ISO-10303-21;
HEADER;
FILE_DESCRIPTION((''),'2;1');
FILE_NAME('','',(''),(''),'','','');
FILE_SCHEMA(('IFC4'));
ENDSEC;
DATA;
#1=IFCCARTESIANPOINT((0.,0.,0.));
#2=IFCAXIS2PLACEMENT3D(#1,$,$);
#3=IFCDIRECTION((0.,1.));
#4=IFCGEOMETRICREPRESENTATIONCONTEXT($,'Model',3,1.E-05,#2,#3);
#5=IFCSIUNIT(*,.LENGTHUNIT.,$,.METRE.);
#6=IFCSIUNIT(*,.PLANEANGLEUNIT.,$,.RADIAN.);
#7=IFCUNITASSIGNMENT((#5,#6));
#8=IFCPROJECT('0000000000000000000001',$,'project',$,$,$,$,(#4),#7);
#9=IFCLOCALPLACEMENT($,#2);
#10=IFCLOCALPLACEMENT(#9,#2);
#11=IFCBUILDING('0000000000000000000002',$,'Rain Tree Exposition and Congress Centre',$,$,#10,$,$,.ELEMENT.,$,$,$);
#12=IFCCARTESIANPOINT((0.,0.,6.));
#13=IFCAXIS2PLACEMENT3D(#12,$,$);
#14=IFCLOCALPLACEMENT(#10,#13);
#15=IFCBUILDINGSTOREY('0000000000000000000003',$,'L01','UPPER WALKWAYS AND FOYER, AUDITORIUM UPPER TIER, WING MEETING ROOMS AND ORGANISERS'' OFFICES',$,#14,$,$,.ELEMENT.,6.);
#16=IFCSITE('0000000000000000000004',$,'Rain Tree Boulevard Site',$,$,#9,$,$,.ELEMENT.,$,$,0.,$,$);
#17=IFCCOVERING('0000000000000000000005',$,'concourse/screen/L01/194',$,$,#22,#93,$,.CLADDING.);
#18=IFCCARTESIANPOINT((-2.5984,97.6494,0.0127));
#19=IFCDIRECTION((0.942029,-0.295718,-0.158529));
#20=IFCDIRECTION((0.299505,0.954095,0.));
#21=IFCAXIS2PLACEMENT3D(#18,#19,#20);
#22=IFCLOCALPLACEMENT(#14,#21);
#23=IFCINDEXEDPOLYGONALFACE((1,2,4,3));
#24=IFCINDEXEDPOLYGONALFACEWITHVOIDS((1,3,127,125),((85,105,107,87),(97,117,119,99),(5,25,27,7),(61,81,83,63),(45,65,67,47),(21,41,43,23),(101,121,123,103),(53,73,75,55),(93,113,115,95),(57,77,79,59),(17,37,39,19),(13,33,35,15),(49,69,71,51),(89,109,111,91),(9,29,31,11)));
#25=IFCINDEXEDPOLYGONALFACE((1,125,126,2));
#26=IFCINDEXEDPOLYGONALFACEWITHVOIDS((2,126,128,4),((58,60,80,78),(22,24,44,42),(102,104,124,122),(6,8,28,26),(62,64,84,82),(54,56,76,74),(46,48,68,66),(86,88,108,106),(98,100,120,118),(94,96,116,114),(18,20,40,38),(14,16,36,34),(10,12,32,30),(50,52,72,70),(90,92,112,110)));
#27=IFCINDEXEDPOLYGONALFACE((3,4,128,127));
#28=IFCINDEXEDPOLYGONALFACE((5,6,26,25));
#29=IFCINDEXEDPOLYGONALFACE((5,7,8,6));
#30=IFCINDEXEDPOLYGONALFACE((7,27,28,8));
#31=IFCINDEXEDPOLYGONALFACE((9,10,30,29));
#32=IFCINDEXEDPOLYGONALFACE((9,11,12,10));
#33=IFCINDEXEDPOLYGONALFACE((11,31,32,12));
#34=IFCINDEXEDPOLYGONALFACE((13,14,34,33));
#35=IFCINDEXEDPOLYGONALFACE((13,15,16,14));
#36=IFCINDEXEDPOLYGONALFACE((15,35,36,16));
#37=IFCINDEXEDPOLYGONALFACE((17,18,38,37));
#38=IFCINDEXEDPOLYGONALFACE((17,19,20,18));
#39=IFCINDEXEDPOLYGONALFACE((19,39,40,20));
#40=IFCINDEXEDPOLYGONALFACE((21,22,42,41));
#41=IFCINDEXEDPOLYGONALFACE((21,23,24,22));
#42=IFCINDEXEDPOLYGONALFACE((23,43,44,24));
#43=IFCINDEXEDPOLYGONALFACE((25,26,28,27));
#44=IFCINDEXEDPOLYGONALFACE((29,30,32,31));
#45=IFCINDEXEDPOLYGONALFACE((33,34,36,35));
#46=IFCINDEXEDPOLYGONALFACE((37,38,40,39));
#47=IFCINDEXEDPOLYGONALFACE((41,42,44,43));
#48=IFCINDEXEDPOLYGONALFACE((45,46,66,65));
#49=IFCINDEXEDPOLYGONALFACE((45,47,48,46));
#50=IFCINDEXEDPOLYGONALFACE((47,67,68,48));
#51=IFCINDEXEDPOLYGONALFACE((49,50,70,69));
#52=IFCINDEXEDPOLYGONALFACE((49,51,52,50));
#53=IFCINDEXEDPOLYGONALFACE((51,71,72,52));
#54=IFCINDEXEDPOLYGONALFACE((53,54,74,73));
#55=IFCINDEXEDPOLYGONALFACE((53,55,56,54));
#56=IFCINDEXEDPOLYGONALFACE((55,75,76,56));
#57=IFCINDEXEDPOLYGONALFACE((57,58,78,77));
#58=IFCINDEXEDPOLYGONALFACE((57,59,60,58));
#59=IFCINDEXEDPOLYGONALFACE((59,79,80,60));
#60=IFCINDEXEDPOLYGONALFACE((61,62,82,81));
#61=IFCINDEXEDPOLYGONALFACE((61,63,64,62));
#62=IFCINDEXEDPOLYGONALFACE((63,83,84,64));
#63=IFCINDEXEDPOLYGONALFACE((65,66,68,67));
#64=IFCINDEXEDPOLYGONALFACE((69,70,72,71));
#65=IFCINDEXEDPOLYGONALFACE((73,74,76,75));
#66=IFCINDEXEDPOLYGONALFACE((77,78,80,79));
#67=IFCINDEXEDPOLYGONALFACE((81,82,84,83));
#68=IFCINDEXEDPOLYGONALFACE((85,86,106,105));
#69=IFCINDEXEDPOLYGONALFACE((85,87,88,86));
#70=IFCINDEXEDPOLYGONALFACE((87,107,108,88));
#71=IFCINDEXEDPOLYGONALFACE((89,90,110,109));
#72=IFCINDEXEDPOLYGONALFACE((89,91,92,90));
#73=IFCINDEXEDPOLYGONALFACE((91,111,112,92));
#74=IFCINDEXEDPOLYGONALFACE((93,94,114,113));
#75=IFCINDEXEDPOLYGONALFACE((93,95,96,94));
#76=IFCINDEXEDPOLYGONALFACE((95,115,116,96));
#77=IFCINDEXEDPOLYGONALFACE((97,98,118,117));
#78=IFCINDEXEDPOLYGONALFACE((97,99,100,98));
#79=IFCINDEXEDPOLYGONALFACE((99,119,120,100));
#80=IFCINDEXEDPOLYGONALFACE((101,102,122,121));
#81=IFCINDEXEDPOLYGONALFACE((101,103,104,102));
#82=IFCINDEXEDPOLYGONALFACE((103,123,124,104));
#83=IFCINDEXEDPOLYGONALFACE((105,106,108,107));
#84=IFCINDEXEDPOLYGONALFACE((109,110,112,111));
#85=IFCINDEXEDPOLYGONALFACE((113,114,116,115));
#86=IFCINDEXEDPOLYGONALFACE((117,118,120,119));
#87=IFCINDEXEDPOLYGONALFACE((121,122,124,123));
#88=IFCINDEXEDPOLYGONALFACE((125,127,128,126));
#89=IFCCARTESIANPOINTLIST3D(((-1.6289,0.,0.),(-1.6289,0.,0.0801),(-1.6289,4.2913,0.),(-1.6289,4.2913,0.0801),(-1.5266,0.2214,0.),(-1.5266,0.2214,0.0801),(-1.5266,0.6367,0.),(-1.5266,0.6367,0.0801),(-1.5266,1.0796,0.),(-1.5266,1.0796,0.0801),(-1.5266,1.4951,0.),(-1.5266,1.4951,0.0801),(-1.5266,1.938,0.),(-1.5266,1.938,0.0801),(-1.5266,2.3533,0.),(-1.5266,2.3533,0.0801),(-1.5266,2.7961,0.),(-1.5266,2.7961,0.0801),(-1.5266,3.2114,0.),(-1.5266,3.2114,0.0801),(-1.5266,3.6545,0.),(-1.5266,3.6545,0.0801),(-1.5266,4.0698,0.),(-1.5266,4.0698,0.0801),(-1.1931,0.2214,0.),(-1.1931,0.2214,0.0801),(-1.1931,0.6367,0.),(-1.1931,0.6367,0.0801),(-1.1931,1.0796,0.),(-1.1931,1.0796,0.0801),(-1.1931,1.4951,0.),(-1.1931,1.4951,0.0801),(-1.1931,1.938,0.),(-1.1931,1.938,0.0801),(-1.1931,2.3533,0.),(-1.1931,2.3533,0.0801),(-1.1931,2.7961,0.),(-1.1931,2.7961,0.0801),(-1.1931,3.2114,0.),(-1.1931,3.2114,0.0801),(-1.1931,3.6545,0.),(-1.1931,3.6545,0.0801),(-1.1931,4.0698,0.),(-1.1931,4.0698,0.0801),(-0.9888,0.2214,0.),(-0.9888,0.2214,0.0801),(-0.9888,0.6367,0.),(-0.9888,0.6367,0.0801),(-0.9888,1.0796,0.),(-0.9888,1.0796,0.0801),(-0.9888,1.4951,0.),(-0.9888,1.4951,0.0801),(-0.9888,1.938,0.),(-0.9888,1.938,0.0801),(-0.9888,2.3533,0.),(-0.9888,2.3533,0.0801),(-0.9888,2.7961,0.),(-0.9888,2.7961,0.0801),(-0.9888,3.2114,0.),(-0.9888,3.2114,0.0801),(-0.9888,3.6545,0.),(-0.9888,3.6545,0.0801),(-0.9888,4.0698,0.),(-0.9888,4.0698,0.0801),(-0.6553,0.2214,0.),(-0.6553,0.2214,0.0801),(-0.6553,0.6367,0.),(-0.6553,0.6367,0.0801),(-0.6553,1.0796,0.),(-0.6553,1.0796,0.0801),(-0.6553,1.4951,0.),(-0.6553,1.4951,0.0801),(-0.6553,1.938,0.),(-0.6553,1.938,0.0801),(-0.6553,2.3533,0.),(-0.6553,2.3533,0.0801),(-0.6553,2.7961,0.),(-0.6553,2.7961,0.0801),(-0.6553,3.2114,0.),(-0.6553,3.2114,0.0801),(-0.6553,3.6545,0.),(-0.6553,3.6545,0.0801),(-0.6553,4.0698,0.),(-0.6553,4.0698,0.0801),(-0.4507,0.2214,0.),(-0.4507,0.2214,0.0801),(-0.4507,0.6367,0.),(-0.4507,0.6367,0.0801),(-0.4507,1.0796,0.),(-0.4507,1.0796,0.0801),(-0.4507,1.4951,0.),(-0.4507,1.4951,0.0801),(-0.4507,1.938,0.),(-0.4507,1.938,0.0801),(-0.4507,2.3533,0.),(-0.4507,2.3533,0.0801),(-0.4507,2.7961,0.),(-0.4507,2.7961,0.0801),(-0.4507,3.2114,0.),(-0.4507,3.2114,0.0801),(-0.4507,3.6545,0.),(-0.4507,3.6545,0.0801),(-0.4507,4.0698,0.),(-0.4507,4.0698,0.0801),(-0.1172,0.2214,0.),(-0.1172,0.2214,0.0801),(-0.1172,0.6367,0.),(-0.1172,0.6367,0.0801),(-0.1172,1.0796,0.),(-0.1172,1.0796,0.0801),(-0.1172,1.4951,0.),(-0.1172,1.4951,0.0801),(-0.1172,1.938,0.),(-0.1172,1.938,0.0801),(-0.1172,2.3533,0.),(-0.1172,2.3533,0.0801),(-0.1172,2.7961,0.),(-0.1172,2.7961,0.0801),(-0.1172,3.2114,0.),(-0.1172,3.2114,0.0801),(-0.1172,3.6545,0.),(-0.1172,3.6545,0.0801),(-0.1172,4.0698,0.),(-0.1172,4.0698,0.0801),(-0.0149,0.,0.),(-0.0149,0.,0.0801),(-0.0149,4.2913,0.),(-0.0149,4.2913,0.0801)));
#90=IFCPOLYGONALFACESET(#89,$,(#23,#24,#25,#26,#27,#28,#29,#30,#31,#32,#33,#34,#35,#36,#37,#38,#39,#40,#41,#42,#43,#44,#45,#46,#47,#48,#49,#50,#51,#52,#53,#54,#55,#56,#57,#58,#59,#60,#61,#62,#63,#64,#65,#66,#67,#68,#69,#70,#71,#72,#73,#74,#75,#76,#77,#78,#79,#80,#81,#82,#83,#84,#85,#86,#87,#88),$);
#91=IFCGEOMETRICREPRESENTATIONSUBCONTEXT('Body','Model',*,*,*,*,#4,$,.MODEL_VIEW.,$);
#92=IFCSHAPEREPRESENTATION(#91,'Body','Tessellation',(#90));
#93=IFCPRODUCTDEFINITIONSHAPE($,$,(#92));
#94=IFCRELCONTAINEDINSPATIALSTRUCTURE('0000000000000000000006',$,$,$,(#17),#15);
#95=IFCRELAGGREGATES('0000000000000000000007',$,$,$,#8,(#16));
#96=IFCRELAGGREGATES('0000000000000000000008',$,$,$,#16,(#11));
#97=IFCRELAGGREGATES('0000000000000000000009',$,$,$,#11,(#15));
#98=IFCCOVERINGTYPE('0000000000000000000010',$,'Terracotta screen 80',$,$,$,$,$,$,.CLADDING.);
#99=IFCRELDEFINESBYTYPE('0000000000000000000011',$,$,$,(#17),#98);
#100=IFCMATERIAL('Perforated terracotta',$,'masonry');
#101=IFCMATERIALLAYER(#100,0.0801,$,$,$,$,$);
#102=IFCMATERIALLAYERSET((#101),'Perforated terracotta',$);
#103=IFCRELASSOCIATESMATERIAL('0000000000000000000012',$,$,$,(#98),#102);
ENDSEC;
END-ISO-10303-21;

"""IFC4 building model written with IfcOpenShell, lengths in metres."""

from ifc_helpers import new_model, si_unit, direction, frame, origin, place, context, subcontext, project, spatial, polyline, outline, extrude, material, layer, layer_set, type_object, element, save


model = new_model("IFC4")

# Units and contexts
model_context = context("Model", 3, precision=1e-05, world=origin(), true_north=direction((0.0, 1.0)))
body_context = subcontext(model_context, "Body", "Model", "MODEL_VIEW")
ifc_project = project(units=[si_unit("LENGTHUNIT", "METRE"), si_unit("PLANEANGLEUNIT", "RADIAN")], contexts=[model_context])

# Site, building, storey
site_placement = place(None, origin())
site = spatial("IfcSite", under=ifc_project, at=site_placement, Name="Rain Tree Boulevard Site", CompositionType="ELEMENT", RefElevation=0.0)
building_placement = place(site_placement, origin())
building = spatial("IfcBuilding", under=site, at=building_placement, Name="Rain Tree Exposition and Congress Centre", CompositionType="ELEMENT")
storey_placement = place(building_placement, frame((0.0, 0.0, 6.0)))
storey = spatial("IfcBuildingStorey", under=building, at=storey_placement, Name="L01", Description="UPPER WALKWAYS AND FOYER, AUDITORIUM UPPER TIER, WING MEETING ROOMS AND ORGANISERS' OFFICES", CompositionType="ELEMENT", Elevation=6.0)

# Covering
ifc_material_1 = material(Name="Perforated terracotta", Category="masonry")
ifc_layer_1 = layer(ifc_material_1, 0.0801)
ifc_layer_set_1 = layer_set([ifc_layer_1], Name="Perforated terracotta")
covering_type = type_object("IfcCoveringType", Name="Terracotta screen 80", PredefinedType="CLADDING", material=ifc_layer_set_1)
covering_1_placement = place(storey_placement, frame((-2.5984, 97.6494, 0.0127), z_axis=(0.942029, -0.295718, -0.158529), x_axis=(0.299505, 0.954095, 0.0)))
element("IfcCovering", 1, at=covering_1_placement, inside=storey, type_object=covering_type, Name="concourse/screen/L01/194", PredefinedType="CLADDING", context=body_context, shape_type="SweptSolid", body=[
    extrude(outline(polyline([(-1.6289, 0.0), (-1.6289, 4.2913), (-0.0149, 4.2913), (-0.0149, 0.0), (-1.6289, 0.0)]), holes=[polyline([(-0.1172, 0.2214), (-0.1172, 0.6367), (-0.4507, 0.6367), (-0.4507, 0.2214), (-0.1172, 0.2214)]), polyline([(-0.1172, 1.0796), (-0.1172, 1.4951), (-0.4507, 1.4951), (-0.4507, 1.0796), (-0.1172, 1.0796)]), polyline([(-0.1172, 1.938), (-0.1172, 2.3533), (-0.4507, 2.3533), (-0.4507, 1.938), (-0.1172, 1.938)]), polyline([(-0.1172, 2.7961), (-0.1172, 3.2114), (-0.4507, 3.2114), (-0.4507, 2.7961), (-0.1172, 2.7961)]), polyline([(-0.1172, 3.6545), (-0.1172, 4.0698), (-0.4507, 4.0698), (-0.4507, 3.6545), (-0.1172, 3.6545)]), polyline([(-0.6553, 0.2214), (-0.6553, 0.6367), (-0.9888, 0.6367), (-0.9888, 0.2214), (-0.6553, 0.2214)]), polyline([(-0.6553, 1.0796), (-0.6553, 1.4951), (-0.9888, 1.4951), (-0.9888, 1.0796), (-0.6553, 1.0796)]), polyline([(-0.6553, 1.938), (-0.6553, 2.3533), (-0.9888, 2.3533), (-0.9888, 1.938), (-0.6553, 1.938)]), polyline([(-0.6553, 2.7961), (-0.6553, 3.2114), (-0.9888, 3.2114), (-0.9888, 2.7961), (-0.6553, 2.7961)]), polyline([(-0.6553, 3.6545), (-0.6553, 4.0698), (-0.9888, 4.0698), (-0.9888, 3.6545), (-0.6553, 3.6545)]), polyline([(-1.1931, 0.2214), (-1.1931, 0.6367), (-1.5266, 0.6367), (-1.5266, 0.2214), (-1.1931, 0.2214)]), polyline([(-1.1931, 1.0796), (-1.1931, 1.4951), (-1.5266, 1.4951), (-1.5266, 1.0796), (-1.1931, 1.0796)]), polyline([(-1.1931, 1.938), (-1.1931, 2.3533), (-1.5266, 2.3533), (-1.5266, 1.938), (-1.1931, 1.938)]), polyline([(-1.1931, 2.7961), (-1.1931, 3.2114), (-1.5266, 3.2114), (-1.5266, 2.7961), (-1.1931, 2.7961)]), polyline([(-1.1931, 3.6545), (-1.1931, 4.0698), (-1.5266, 4.0698), (-1.5266, 3.6545), (-1.1931, 3.6545)])]), origin(), (0.0, 0.0, 1.0), 0.0801),
])

save(model, "model.ifc")
